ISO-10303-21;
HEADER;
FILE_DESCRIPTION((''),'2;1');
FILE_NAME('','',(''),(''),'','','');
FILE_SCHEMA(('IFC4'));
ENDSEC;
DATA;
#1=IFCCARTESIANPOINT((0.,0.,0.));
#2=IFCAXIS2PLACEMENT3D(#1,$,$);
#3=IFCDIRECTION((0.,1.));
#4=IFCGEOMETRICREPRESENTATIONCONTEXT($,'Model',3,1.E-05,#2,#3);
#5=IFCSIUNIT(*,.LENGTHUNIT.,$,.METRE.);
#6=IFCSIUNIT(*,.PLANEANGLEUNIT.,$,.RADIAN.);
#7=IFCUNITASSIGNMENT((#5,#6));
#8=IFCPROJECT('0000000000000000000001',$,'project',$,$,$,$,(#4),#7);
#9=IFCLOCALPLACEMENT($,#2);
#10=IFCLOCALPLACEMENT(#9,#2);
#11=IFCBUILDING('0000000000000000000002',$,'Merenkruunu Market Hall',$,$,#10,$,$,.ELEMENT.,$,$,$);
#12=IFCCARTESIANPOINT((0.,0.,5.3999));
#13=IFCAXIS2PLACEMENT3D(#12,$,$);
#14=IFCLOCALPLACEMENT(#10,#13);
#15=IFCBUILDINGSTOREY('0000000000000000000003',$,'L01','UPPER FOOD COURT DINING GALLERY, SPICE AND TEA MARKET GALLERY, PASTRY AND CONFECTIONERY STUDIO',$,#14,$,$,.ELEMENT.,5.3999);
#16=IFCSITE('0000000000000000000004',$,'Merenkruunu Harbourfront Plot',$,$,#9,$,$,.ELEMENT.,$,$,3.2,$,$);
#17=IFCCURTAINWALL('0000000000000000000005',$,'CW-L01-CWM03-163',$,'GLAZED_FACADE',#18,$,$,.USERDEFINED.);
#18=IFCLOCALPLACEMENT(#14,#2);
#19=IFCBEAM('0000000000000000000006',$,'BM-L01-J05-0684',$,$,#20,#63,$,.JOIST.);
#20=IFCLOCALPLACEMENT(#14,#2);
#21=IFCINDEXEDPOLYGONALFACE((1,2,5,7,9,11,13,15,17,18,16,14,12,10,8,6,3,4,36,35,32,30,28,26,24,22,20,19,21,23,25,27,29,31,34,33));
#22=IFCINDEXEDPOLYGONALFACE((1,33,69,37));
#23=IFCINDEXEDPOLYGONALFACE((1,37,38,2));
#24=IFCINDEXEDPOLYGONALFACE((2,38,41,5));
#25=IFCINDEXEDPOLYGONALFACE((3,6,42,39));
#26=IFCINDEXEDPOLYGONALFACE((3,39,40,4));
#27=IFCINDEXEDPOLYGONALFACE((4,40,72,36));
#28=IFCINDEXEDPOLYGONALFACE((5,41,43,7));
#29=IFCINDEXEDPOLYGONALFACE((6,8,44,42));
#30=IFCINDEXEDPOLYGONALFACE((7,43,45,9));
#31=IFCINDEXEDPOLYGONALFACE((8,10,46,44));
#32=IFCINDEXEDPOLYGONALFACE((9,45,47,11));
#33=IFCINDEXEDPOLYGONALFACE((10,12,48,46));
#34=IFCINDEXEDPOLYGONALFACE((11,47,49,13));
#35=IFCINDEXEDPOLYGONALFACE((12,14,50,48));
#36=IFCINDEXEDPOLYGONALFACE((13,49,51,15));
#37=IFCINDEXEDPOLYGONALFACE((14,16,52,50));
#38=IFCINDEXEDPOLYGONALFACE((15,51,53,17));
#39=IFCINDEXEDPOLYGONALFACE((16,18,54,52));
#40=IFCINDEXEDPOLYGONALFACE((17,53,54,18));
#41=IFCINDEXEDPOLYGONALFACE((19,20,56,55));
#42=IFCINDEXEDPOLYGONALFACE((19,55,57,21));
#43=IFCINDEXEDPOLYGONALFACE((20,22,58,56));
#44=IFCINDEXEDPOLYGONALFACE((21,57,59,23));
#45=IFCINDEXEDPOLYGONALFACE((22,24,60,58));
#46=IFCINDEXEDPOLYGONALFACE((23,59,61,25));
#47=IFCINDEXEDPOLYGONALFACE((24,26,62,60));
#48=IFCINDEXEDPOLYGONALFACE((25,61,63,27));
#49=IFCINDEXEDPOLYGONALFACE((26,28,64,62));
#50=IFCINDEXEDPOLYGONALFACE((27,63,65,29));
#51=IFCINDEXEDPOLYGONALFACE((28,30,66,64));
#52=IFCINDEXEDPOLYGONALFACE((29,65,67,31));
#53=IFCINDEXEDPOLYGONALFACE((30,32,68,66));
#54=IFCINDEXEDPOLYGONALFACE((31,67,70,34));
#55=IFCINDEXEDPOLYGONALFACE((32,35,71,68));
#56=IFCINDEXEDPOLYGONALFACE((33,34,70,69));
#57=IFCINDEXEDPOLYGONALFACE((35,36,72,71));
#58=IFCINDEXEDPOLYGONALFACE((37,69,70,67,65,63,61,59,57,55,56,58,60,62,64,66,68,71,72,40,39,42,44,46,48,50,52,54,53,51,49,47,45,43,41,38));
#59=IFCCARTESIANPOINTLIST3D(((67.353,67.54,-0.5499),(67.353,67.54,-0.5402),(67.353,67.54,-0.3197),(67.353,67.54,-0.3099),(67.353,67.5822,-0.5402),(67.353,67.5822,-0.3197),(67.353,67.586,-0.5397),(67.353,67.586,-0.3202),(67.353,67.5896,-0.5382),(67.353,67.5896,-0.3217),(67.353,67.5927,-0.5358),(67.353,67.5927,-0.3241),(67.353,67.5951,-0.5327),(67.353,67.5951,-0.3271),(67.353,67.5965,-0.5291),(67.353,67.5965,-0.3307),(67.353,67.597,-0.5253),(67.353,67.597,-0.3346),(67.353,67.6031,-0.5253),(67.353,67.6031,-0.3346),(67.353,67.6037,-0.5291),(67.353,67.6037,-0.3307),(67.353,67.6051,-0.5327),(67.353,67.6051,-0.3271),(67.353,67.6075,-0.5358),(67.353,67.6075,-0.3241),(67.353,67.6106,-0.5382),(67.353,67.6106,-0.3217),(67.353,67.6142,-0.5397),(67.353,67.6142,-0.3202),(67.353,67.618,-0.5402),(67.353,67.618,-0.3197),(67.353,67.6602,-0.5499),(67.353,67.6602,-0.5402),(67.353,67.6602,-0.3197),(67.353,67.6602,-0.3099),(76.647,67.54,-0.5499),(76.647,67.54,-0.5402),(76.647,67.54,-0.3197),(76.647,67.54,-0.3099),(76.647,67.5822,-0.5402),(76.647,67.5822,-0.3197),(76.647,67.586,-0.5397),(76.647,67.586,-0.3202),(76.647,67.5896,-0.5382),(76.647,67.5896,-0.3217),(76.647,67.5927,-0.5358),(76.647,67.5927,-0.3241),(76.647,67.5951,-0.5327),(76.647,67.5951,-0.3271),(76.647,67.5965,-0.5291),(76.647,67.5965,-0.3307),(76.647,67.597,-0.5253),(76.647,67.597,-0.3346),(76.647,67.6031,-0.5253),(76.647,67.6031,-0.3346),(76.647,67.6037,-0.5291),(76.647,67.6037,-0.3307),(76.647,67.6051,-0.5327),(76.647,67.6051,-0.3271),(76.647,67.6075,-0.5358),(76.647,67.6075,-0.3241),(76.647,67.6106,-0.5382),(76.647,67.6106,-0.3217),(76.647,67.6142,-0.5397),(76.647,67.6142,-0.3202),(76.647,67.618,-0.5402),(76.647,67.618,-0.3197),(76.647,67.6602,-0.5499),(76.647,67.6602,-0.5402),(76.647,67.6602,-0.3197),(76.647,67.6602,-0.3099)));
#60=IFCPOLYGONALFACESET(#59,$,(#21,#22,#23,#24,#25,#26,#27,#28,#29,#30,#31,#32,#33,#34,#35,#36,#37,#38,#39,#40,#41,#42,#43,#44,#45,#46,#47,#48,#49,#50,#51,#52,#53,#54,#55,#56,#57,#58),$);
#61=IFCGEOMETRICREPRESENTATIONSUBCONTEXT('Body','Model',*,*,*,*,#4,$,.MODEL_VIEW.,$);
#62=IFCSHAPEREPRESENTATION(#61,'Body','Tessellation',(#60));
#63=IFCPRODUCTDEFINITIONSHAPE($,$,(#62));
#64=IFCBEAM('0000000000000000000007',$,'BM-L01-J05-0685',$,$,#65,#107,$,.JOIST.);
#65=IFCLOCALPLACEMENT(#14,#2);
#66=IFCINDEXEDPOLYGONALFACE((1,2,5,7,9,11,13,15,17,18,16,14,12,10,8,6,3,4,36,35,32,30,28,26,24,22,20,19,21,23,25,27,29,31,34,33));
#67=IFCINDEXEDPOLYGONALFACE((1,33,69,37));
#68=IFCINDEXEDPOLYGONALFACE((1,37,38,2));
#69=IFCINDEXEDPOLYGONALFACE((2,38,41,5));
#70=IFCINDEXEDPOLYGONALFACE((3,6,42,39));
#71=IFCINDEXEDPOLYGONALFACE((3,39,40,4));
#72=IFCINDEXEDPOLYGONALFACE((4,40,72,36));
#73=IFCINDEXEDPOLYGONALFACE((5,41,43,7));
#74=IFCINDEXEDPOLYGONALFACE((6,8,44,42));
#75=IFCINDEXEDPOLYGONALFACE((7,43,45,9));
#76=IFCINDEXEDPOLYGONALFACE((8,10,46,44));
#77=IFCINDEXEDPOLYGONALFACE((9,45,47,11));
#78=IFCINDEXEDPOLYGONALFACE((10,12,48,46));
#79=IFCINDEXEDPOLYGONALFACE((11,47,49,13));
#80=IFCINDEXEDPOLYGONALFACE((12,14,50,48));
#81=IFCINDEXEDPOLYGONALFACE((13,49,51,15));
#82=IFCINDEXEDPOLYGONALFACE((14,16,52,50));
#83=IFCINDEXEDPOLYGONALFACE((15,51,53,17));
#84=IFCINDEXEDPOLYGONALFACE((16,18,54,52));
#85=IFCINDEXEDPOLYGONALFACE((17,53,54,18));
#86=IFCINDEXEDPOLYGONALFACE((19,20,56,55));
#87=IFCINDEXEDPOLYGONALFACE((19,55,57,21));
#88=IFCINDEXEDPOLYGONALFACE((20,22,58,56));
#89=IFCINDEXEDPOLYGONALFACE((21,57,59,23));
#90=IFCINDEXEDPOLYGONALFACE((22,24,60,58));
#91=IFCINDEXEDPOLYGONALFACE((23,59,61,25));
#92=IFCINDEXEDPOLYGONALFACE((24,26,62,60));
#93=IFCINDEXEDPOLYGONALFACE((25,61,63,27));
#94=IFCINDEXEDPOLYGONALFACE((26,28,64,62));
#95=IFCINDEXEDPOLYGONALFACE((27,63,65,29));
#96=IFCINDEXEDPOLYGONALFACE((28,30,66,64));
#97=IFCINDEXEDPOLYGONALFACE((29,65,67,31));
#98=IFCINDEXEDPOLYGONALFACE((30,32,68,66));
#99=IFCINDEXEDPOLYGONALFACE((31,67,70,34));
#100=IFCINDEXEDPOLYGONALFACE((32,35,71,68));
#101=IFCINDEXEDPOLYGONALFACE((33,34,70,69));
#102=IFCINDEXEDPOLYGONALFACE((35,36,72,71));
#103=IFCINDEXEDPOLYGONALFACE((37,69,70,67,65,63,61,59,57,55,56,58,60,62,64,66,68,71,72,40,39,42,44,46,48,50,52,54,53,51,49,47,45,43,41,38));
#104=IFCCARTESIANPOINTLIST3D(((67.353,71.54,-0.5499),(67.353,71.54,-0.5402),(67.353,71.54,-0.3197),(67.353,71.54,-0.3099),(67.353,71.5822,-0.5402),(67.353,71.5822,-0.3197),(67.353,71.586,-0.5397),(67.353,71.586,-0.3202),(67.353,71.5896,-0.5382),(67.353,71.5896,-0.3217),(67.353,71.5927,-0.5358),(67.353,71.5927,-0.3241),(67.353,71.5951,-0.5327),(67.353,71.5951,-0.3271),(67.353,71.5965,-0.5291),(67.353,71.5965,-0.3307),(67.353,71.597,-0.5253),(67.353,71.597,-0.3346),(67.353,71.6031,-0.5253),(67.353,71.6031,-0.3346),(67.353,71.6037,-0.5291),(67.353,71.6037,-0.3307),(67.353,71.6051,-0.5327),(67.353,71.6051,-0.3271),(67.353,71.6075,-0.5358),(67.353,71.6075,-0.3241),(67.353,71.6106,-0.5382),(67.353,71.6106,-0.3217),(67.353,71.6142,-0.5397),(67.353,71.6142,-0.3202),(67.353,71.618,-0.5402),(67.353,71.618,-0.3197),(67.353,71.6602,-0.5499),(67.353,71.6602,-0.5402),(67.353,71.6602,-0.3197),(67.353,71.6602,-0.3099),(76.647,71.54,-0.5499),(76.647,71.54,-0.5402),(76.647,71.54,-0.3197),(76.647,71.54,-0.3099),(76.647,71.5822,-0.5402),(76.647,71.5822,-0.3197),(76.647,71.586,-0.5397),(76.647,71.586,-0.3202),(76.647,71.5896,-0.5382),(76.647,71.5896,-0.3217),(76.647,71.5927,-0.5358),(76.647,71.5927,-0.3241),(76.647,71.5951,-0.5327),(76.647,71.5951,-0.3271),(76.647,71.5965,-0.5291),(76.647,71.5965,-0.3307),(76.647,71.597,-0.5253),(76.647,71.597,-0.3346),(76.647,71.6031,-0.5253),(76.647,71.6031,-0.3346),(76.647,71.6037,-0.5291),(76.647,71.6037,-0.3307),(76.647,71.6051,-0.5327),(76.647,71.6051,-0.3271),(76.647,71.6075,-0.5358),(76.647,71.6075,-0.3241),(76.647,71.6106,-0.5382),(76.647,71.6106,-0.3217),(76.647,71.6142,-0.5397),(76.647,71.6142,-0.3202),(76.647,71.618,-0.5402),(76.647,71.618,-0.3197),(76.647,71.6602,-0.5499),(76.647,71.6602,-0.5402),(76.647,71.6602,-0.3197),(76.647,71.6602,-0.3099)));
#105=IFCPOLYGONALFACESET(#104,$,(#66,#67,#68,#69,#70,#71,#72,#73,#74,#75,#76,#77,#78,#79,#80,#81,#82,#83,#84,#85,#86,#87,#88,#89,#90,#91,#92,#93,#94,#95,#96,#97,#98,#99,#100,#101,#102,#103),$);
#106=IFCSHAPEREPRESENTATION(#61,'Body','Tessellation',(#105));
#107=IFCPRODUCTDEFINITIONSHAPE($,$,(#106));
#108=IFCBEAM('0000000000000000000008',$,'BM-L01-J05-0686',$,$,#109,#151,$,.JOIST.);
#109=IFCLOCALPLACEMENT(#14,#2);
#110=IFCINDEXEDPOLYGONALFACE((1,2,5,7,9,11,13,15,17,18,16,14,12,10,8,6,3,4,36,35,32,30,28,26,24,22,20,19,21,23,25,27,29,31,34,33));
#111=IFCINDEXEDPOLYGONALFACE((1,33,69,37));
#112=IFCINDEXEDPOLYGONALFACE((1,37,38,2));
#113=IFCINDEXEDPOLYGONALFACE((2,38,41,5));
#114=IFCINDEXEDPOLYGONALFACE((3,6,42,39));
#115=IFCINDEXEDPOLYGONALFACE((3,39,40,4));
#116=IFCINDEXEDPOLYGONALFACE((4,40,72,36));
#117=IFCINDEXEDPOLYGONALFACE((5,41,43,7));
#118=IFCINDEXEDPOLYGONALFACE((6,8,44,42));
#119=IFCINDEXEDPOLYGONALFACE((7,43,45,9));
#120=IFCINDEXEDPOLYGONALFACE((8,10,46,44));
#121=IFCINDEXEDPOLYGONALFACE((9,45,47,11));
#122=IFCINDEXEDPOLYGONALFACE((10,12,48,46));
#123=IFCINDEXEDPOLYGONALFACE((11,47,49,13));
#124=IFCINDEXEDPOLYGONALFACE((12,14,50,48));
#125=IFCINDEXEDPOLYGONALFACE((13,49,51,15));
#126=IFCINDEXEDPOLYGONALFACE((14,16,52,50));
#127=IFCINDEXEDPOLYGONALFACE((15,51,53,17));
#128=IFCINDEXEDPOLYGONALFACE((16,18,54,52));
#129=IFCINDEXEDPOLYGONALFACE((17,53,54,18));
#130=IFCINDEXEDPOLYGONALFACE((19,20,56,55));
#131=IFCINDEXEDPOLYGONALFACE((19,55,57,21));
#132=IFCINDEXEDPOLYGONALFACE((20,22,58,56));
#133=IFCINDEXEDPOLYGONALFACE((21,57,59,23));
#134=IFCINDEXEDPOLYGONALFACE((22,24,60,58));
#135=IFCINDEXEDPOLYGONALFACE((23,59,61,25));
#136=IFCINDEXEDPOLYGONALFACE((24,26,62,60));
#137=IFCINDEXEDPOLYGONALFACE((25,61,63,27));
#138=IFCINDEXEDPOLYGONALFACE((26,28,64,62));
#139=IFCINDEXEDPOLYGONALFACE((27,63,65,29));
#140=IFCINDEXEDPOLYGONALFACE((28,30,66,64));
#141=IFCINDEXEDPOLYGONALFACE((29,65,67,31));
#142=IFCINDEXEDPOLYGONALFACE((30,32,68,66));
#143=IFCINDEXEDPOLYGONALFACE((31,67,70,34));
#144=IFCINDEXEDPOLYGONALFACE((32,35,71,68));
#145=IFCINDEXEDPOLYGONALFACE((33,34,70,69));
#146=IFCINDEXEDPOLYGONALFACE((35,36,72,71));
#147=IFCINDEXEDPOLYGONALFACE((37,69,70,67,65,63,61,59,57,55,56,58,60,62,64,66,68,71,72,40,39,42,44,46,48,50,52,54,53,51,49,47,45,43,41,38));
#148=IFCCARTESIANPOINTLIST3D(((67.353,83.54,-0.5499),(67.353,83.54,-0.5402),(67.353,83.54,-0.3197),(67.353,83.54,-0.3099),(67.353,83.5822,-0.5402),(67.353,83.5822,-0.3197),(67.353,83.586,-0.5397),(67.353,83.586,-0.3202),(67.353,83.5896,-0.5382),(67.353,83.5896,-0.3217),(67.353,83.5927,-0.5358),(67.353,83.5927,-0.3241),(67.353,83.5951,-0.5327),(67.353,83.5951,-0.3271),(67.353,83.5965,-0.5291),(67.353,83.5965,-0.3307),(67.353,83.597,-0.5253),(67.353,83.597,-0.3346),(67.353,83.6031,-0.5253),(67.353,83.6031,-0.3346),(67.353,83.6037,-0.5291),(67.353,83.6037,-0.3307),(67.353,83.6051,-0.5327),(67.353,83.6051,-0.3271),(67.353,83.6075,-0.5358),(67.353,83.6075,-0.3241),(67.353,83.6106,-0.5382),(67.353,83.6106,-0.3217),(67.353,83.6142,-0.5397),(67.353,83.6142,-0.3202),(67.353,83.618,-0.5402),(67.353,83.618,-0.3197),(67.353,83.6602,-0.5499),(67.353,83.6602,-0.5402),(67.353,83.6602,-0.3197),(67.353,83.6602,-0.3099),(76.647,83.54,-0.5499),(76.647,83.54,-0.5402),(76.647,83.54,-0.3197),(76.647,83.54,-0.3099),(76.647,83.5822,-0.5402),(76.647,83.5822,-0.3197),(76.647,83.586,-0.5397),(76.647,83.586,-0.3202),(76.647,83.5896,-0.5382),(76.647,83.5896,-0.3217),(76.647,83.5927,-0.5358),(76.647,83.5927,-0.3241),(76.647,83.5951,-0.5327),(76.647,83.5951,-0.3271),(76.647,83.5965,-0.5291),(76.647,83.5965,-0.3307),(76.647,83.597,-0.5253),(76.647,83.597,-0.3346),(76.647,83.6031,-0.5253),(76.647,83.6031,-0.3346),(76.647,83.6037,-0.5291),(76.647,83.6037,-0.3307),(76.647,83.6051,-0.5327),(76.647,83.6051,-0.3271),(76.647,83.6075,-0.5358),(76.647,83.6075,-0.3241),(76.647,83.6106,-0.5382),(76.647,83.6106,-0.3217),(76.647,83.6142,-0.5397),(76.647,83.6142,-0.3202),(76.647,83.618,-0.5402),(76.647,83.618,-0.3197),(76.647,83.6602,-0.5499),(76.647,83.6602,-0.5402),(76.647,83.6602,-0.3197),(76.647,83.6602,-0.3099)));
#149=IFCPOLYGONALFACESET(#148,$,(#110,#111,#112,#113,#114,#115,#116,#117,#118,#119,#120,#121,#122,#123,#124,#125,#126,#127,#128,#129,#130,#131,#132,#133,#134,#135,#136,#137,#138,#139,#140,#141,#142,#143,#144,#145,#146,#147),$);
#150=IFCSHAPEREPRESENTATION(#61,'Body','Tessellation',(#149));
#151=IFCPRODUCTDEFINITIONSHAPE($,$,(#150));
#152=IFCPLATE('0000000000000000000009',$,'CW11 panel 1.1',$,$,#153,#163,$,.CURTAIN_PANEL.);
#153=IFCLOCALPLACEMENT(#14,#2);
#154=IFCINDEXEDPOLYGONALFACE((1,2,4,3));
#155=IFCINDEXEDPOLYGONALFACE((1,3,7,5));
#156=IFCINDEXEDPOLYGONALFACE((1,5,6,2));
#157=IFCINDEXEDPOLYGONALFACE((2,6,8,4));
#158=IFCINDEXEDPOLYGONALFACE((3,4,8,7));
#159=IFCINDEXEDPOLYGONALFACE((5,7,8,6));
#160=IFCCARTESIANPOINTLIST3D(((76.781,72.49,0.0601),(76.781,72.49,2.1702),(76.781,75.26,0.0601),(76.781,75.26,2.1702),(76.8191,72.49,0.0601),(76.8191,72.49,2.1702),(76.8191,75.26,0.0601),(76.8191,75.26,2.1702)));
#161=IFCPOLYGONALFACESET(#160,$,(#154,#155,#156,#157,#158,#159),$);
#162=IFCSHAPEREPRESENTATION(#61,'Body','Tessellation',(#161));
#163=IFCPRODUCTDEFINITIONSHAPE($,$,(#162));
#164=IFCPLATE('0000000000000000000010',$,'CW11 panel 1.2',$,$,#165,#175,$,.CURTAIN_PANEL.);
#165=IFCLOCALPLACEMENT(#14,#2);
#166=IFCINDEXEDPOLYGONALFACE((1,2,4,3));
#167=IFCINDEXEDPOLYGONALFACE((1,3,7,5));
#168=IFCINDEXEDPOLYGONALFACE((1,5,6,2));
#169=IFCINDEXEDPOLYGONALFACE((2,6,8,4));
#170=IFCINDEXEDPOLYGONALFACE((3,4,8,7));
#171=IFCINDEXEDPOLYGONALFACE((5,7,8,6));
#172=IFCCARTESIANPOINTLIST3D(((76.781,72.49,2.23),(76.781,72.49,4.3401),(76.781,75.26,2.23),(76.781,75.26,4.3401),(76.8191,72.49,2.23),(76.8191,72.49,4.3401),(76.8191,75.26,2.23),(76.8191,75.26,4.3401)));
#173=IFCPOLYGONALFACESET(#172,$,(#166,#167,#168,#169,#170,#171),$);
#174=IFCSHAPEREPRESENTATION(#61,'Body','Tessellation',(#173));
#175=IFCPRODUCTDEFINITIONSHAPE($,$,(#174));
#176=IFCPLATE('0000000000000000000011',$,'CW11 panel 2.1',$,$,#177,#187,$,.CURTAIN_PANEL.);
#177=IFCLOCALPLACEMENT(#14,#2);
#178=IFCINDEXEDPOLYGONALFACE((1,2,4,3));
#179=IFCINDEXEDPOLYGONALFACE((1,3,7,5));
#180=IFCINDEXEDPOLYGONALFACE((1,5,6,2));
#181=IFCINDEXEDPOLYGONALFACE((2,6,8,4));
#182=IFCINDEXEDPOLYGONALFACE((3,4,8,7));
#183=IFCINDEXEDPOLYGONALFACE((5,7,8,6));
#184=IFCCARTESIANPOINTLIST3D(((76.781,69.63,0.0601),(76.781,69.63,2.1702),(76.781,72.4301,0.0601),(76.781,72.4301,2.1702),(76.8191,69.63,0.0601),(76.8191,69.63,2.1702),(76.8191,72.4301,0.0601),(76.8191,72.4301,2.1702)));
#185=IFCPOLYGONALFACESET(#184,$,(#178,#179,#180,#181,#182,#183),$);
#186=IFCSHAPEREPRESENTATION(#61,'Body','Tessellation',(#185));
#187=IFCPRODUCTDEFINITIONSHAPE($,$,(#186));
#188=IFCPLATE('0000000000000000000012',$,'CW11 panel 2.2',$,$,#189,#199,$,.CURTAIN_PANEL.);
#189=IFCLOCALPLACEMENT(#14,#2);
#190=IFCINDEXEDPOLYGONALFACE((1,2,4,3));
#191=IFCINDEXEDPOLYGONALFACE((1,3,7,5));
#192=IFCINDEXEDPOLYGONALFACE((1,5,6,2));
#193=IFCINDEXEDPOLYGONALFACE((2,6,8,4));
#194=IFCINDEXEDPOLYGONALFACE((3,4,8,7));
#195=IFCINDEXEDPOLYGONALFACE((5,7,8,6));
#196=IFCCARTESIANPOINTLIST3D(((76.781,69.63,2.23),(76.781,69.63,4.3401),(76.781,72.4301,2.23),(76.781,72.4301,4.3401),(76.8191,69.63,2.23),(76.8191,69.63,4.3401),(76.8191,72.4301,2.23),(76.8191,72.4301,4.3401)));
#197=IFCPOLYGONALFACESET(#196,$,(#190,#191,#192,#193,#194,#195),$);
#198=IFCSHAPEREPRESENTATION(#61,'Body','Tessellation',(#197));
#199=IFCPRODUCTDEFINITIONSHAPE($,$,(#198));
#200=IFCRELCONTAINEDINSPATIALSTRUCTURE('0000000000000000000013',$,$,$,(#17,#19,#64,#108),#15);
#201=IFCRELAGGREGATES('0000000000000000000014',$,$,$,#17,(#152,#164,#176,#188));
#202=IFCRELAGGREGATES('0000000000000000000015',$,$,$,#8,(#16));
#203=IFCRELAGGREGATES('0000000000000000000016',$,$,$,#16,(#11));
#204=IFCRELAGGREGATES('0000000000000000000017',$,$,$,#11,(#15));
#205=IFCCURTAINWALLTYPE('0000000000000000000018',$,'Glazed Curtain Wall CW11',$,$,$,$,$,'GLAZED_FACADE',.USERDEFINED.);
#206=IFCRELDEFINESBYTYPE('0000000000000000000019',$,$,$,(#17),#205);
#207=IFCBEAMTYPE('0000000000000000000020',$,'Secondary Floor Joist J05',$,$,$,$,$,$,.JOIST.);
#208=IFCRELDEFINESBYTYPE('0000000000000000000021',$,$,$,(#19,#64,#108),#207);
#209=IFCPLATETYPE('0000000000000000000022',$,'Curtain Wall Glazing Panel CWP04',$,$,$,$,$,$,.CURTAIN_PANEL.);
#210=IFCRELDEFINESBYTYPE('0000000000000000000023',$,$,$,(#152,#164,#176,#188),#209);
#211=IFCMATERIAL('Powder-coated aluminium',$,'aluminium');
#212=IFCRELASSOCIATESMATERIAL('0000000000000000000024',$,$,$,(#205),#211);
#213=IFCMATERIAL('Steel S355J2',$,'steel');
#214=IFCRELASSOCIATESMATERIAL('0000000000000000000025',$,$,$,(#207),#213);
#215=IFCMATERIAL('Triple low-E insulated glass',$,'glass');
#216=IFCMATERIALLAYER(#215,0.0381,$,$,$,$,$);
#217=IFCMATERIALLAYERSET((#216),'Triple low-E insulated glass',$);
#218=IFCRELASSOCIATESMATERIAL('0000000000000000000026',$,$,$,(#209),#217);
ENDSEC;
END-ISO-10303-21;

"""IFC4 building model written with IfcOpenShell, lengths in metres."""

from ifc_helpers import new_model, si_unit, direction, frame, origin, origin_2d, place, context, subcontext, project, spatial, rectangle, i_section, extrude, material, layer, layer_set, material_profile, profile_set, type_object, element, aggregate, save


model = new_model("IFC4")

# Units and contexts
model_context = context("Model", 3, precision=1e-05, world=origin(), true_north=direction((0.0, 1.0)))
body_context = subcontext(model_context, "Body", "Model", "MODEL_VIEW")
ifc_project = project(units=[si_unit("LENGTHUNIT", "METRE"), si_unit("PLANEANGLEUNIT", "RADIAN")], contexts=[model_context])

# Site, building, storey
site_placement = place(None, origin())
site = spatial("IfcSite", under=ifc_project, at=site_placement, Name="Merenkruunu Harbourfront Plot", CompositionType="ELEMENT", RefElevation=3.2)
building_placement = place(site_placement, origin())
building = spatial("IfcBuilding", under=site, at=building_placement, Name="Merenkruunu Market Hall", CompositionType="ELEMENT")
storey_placement = place(building_placement, frame((0.0, 0.0, 5.3999)))
storey = spatial("IfcBuildingStorey", under=building, at=storey_placement, Name="L01", Description="UPPER FOOD COURT DINING GALLERY, SPICE AND TEA MARKET GALLERY, PASTRY AND CONFECTIONERY STUDIO", CompositionType="ELEMENT", Elevation=5.3999)

# Curtain wall
ifc_material_1 = material(Name="Powder-coated aluminium", Category="aluminium")
curtain_wall_type = type_object("IfcCurtainWallType", Name="Glazed Curtain Wall CW11", ElementType="GLAZED_FACADE", PredefinedType="USERDEFINED", material=ifc_material_1)
curtain_wall_placement = place(storey_placement, origin())
curtain_wall = element("IfcCurtainWall", 1, at=curtain_wall_placement, inside=storey, type_object=curtain_wall_type, Name="CW-L01-CWM03-163", ObjectType="GLAZED_FACADE", PredefinedType="USERDEFINED")

# Beams
ifc_material_2 = material(Name="Steel S355J2", Category="steel")
ifc_material_profile_1 = material_profile(ifc_material_2, i_section(OverallWidth=0.1201, OverallDepth=0.24, WebThickness=0.0061, FlangeThickness=0.0098, FilletRadius=0.0149, at=origin_2d()), Name="IPE 240")
ifc_profile_set_1 = profile_set([ifc_material_profile_1], Name="Steel S355J2")
beam_type_1 = type_object("IfcBeamType", Name="Secondary Floor Joist J05", PredefinedType="JOIST", material=ifc_profile_set_1)
for number, where, z_axis, x_axis, name in (
    (2, (67.353, 67.6001, -0.4299), (1.0, 0.0, 0.0), (0.0, 1.0, 0.0), "BM-L01-J05-0684"),
    (3, (67.353, 71.6001, -0.4299), (1.0, 0.0, 0.0), (0.0, 1.0, 0.0), "BM-L01-J05-0685"),
    (4, (67.353, 83.6001, -0.4299), (1.0, 0.0, 0.0), (0.0, 1.0, 0.0), "BM-L01-J05-0686"),
):
    element("IfcBeam", number, at=place(storey_placement, frame(where, z_axis=z_axis, x_axis=x_axis)), inside=storey, type_object=beam_type_1, Name=name, PredefinedType="JOIST", context=body_context, shape_type="SweptSolid", body=[
        extrude(i_section(OverallWidth=0.1201, OverallDepth=0.24, WebThickness=0.0061, FlangeThickness=0.0098, FilletRadius=0.0149, at=origin_2d()), origin(), (0.0, 0.0, 1.0), 9.2939),
    ])

# Plates
ifc_material_3 = material(Name="Triple low-E insulated glass", Category="glass")
ifc_layer_1 = layer(ifc_material_3, 0.0381)
ifc_layer_set_1 = layer_set([ifc_layer_1], Name="Triple low-E insulated glass")
plate_type = type_object("IfcPlateType", Name="Curtain Wall Glazing Panel CWP04", PredefinedType="CURTAIN_PANEL", material=ifc_layer_set_1)
plate_1_placement = place(storey_placement, frame((76.8, 73.875, 0.0601), z_axis=(0.0, 0.0, 1.0), x_axis=(0.0, -1.0, 0.0)))
plate_1 = element("IfcPlate", 5, at=plate_1_placement, type_object=plate_type, Name="CW11 panel 1.1", PredefinedType="CURTAIN_PANEL", context=body_context, shape_type="SweptSolid", body=[
    extrude(rectangle(XDim=2.77, YDim=0.0381, at=origin_2d()), origin(), (0.0, 0.0, 1.0), 2.1101),
])
plate_2_placement = place(storey_placement, frame((76.8, 73.875, 2.23), z_axis=(0.0, 0.0, 1.0), x_axis=(0.0, -1.0, 0.0)))
plate_2 = element("IfcPlate", 6, at=plate_2_placement, type_object=plate_type, Name="CW11 panel 1.2", PredefinedType="CURTAIN_PANEL", context=body_context, shape_type="SweptSolid", body=[
    extrude(rectangle(XDim=2.77, YDim=0.0381, at=origin_2d()), origin(), (0.0, 0.0, 1.0), 2.1101),
])
plate_3_placement = place(storey_placement, frame((76.8, 71.03, 0.0601), z_axis=(0.0, 0.0, 1.0), x_axis=(0.0, -1.0, 0.0)))
plate_3 = element("IfcPlate", 7, at=plate_3_placement, type_object=plate_type, Name="CW11 panel 2.1", PredefinedType="CURTAIN_PANEL", context=body_context, shape_type="SweptSolid", body=[
    extrude(rectangle(XDim=2.8, YDim=0.0381, at=origin_2d()), origin(), (0.0, 0.0, 1.0), 2.1101),
])
plate_4_placement = place(storey_placement, frame((76.8, 71.03, 2.23), z_axis=(0.0, 0.0, 1.0), x_axis=(0.0, -1.0, 0.0)))
plate_4 = element("IfcPlate", 8, at=plate_4_placement, type_object=plate_type, Name="CW11 panel 2.2", PredefinedType="CURTAIN_PANEL", context=body_context, shape_type="SweptSolid", body=[
    extrude(rectangle(XDim=2.8, YDim=0.0381, at=origin_2d()), origin(), (0.0, 0.0, 1.0), 2.1101),
])
aggregate(curtain_wall, [plate_1, plate_2, plate_3, plate_4])

save(model, "model.ifc")
